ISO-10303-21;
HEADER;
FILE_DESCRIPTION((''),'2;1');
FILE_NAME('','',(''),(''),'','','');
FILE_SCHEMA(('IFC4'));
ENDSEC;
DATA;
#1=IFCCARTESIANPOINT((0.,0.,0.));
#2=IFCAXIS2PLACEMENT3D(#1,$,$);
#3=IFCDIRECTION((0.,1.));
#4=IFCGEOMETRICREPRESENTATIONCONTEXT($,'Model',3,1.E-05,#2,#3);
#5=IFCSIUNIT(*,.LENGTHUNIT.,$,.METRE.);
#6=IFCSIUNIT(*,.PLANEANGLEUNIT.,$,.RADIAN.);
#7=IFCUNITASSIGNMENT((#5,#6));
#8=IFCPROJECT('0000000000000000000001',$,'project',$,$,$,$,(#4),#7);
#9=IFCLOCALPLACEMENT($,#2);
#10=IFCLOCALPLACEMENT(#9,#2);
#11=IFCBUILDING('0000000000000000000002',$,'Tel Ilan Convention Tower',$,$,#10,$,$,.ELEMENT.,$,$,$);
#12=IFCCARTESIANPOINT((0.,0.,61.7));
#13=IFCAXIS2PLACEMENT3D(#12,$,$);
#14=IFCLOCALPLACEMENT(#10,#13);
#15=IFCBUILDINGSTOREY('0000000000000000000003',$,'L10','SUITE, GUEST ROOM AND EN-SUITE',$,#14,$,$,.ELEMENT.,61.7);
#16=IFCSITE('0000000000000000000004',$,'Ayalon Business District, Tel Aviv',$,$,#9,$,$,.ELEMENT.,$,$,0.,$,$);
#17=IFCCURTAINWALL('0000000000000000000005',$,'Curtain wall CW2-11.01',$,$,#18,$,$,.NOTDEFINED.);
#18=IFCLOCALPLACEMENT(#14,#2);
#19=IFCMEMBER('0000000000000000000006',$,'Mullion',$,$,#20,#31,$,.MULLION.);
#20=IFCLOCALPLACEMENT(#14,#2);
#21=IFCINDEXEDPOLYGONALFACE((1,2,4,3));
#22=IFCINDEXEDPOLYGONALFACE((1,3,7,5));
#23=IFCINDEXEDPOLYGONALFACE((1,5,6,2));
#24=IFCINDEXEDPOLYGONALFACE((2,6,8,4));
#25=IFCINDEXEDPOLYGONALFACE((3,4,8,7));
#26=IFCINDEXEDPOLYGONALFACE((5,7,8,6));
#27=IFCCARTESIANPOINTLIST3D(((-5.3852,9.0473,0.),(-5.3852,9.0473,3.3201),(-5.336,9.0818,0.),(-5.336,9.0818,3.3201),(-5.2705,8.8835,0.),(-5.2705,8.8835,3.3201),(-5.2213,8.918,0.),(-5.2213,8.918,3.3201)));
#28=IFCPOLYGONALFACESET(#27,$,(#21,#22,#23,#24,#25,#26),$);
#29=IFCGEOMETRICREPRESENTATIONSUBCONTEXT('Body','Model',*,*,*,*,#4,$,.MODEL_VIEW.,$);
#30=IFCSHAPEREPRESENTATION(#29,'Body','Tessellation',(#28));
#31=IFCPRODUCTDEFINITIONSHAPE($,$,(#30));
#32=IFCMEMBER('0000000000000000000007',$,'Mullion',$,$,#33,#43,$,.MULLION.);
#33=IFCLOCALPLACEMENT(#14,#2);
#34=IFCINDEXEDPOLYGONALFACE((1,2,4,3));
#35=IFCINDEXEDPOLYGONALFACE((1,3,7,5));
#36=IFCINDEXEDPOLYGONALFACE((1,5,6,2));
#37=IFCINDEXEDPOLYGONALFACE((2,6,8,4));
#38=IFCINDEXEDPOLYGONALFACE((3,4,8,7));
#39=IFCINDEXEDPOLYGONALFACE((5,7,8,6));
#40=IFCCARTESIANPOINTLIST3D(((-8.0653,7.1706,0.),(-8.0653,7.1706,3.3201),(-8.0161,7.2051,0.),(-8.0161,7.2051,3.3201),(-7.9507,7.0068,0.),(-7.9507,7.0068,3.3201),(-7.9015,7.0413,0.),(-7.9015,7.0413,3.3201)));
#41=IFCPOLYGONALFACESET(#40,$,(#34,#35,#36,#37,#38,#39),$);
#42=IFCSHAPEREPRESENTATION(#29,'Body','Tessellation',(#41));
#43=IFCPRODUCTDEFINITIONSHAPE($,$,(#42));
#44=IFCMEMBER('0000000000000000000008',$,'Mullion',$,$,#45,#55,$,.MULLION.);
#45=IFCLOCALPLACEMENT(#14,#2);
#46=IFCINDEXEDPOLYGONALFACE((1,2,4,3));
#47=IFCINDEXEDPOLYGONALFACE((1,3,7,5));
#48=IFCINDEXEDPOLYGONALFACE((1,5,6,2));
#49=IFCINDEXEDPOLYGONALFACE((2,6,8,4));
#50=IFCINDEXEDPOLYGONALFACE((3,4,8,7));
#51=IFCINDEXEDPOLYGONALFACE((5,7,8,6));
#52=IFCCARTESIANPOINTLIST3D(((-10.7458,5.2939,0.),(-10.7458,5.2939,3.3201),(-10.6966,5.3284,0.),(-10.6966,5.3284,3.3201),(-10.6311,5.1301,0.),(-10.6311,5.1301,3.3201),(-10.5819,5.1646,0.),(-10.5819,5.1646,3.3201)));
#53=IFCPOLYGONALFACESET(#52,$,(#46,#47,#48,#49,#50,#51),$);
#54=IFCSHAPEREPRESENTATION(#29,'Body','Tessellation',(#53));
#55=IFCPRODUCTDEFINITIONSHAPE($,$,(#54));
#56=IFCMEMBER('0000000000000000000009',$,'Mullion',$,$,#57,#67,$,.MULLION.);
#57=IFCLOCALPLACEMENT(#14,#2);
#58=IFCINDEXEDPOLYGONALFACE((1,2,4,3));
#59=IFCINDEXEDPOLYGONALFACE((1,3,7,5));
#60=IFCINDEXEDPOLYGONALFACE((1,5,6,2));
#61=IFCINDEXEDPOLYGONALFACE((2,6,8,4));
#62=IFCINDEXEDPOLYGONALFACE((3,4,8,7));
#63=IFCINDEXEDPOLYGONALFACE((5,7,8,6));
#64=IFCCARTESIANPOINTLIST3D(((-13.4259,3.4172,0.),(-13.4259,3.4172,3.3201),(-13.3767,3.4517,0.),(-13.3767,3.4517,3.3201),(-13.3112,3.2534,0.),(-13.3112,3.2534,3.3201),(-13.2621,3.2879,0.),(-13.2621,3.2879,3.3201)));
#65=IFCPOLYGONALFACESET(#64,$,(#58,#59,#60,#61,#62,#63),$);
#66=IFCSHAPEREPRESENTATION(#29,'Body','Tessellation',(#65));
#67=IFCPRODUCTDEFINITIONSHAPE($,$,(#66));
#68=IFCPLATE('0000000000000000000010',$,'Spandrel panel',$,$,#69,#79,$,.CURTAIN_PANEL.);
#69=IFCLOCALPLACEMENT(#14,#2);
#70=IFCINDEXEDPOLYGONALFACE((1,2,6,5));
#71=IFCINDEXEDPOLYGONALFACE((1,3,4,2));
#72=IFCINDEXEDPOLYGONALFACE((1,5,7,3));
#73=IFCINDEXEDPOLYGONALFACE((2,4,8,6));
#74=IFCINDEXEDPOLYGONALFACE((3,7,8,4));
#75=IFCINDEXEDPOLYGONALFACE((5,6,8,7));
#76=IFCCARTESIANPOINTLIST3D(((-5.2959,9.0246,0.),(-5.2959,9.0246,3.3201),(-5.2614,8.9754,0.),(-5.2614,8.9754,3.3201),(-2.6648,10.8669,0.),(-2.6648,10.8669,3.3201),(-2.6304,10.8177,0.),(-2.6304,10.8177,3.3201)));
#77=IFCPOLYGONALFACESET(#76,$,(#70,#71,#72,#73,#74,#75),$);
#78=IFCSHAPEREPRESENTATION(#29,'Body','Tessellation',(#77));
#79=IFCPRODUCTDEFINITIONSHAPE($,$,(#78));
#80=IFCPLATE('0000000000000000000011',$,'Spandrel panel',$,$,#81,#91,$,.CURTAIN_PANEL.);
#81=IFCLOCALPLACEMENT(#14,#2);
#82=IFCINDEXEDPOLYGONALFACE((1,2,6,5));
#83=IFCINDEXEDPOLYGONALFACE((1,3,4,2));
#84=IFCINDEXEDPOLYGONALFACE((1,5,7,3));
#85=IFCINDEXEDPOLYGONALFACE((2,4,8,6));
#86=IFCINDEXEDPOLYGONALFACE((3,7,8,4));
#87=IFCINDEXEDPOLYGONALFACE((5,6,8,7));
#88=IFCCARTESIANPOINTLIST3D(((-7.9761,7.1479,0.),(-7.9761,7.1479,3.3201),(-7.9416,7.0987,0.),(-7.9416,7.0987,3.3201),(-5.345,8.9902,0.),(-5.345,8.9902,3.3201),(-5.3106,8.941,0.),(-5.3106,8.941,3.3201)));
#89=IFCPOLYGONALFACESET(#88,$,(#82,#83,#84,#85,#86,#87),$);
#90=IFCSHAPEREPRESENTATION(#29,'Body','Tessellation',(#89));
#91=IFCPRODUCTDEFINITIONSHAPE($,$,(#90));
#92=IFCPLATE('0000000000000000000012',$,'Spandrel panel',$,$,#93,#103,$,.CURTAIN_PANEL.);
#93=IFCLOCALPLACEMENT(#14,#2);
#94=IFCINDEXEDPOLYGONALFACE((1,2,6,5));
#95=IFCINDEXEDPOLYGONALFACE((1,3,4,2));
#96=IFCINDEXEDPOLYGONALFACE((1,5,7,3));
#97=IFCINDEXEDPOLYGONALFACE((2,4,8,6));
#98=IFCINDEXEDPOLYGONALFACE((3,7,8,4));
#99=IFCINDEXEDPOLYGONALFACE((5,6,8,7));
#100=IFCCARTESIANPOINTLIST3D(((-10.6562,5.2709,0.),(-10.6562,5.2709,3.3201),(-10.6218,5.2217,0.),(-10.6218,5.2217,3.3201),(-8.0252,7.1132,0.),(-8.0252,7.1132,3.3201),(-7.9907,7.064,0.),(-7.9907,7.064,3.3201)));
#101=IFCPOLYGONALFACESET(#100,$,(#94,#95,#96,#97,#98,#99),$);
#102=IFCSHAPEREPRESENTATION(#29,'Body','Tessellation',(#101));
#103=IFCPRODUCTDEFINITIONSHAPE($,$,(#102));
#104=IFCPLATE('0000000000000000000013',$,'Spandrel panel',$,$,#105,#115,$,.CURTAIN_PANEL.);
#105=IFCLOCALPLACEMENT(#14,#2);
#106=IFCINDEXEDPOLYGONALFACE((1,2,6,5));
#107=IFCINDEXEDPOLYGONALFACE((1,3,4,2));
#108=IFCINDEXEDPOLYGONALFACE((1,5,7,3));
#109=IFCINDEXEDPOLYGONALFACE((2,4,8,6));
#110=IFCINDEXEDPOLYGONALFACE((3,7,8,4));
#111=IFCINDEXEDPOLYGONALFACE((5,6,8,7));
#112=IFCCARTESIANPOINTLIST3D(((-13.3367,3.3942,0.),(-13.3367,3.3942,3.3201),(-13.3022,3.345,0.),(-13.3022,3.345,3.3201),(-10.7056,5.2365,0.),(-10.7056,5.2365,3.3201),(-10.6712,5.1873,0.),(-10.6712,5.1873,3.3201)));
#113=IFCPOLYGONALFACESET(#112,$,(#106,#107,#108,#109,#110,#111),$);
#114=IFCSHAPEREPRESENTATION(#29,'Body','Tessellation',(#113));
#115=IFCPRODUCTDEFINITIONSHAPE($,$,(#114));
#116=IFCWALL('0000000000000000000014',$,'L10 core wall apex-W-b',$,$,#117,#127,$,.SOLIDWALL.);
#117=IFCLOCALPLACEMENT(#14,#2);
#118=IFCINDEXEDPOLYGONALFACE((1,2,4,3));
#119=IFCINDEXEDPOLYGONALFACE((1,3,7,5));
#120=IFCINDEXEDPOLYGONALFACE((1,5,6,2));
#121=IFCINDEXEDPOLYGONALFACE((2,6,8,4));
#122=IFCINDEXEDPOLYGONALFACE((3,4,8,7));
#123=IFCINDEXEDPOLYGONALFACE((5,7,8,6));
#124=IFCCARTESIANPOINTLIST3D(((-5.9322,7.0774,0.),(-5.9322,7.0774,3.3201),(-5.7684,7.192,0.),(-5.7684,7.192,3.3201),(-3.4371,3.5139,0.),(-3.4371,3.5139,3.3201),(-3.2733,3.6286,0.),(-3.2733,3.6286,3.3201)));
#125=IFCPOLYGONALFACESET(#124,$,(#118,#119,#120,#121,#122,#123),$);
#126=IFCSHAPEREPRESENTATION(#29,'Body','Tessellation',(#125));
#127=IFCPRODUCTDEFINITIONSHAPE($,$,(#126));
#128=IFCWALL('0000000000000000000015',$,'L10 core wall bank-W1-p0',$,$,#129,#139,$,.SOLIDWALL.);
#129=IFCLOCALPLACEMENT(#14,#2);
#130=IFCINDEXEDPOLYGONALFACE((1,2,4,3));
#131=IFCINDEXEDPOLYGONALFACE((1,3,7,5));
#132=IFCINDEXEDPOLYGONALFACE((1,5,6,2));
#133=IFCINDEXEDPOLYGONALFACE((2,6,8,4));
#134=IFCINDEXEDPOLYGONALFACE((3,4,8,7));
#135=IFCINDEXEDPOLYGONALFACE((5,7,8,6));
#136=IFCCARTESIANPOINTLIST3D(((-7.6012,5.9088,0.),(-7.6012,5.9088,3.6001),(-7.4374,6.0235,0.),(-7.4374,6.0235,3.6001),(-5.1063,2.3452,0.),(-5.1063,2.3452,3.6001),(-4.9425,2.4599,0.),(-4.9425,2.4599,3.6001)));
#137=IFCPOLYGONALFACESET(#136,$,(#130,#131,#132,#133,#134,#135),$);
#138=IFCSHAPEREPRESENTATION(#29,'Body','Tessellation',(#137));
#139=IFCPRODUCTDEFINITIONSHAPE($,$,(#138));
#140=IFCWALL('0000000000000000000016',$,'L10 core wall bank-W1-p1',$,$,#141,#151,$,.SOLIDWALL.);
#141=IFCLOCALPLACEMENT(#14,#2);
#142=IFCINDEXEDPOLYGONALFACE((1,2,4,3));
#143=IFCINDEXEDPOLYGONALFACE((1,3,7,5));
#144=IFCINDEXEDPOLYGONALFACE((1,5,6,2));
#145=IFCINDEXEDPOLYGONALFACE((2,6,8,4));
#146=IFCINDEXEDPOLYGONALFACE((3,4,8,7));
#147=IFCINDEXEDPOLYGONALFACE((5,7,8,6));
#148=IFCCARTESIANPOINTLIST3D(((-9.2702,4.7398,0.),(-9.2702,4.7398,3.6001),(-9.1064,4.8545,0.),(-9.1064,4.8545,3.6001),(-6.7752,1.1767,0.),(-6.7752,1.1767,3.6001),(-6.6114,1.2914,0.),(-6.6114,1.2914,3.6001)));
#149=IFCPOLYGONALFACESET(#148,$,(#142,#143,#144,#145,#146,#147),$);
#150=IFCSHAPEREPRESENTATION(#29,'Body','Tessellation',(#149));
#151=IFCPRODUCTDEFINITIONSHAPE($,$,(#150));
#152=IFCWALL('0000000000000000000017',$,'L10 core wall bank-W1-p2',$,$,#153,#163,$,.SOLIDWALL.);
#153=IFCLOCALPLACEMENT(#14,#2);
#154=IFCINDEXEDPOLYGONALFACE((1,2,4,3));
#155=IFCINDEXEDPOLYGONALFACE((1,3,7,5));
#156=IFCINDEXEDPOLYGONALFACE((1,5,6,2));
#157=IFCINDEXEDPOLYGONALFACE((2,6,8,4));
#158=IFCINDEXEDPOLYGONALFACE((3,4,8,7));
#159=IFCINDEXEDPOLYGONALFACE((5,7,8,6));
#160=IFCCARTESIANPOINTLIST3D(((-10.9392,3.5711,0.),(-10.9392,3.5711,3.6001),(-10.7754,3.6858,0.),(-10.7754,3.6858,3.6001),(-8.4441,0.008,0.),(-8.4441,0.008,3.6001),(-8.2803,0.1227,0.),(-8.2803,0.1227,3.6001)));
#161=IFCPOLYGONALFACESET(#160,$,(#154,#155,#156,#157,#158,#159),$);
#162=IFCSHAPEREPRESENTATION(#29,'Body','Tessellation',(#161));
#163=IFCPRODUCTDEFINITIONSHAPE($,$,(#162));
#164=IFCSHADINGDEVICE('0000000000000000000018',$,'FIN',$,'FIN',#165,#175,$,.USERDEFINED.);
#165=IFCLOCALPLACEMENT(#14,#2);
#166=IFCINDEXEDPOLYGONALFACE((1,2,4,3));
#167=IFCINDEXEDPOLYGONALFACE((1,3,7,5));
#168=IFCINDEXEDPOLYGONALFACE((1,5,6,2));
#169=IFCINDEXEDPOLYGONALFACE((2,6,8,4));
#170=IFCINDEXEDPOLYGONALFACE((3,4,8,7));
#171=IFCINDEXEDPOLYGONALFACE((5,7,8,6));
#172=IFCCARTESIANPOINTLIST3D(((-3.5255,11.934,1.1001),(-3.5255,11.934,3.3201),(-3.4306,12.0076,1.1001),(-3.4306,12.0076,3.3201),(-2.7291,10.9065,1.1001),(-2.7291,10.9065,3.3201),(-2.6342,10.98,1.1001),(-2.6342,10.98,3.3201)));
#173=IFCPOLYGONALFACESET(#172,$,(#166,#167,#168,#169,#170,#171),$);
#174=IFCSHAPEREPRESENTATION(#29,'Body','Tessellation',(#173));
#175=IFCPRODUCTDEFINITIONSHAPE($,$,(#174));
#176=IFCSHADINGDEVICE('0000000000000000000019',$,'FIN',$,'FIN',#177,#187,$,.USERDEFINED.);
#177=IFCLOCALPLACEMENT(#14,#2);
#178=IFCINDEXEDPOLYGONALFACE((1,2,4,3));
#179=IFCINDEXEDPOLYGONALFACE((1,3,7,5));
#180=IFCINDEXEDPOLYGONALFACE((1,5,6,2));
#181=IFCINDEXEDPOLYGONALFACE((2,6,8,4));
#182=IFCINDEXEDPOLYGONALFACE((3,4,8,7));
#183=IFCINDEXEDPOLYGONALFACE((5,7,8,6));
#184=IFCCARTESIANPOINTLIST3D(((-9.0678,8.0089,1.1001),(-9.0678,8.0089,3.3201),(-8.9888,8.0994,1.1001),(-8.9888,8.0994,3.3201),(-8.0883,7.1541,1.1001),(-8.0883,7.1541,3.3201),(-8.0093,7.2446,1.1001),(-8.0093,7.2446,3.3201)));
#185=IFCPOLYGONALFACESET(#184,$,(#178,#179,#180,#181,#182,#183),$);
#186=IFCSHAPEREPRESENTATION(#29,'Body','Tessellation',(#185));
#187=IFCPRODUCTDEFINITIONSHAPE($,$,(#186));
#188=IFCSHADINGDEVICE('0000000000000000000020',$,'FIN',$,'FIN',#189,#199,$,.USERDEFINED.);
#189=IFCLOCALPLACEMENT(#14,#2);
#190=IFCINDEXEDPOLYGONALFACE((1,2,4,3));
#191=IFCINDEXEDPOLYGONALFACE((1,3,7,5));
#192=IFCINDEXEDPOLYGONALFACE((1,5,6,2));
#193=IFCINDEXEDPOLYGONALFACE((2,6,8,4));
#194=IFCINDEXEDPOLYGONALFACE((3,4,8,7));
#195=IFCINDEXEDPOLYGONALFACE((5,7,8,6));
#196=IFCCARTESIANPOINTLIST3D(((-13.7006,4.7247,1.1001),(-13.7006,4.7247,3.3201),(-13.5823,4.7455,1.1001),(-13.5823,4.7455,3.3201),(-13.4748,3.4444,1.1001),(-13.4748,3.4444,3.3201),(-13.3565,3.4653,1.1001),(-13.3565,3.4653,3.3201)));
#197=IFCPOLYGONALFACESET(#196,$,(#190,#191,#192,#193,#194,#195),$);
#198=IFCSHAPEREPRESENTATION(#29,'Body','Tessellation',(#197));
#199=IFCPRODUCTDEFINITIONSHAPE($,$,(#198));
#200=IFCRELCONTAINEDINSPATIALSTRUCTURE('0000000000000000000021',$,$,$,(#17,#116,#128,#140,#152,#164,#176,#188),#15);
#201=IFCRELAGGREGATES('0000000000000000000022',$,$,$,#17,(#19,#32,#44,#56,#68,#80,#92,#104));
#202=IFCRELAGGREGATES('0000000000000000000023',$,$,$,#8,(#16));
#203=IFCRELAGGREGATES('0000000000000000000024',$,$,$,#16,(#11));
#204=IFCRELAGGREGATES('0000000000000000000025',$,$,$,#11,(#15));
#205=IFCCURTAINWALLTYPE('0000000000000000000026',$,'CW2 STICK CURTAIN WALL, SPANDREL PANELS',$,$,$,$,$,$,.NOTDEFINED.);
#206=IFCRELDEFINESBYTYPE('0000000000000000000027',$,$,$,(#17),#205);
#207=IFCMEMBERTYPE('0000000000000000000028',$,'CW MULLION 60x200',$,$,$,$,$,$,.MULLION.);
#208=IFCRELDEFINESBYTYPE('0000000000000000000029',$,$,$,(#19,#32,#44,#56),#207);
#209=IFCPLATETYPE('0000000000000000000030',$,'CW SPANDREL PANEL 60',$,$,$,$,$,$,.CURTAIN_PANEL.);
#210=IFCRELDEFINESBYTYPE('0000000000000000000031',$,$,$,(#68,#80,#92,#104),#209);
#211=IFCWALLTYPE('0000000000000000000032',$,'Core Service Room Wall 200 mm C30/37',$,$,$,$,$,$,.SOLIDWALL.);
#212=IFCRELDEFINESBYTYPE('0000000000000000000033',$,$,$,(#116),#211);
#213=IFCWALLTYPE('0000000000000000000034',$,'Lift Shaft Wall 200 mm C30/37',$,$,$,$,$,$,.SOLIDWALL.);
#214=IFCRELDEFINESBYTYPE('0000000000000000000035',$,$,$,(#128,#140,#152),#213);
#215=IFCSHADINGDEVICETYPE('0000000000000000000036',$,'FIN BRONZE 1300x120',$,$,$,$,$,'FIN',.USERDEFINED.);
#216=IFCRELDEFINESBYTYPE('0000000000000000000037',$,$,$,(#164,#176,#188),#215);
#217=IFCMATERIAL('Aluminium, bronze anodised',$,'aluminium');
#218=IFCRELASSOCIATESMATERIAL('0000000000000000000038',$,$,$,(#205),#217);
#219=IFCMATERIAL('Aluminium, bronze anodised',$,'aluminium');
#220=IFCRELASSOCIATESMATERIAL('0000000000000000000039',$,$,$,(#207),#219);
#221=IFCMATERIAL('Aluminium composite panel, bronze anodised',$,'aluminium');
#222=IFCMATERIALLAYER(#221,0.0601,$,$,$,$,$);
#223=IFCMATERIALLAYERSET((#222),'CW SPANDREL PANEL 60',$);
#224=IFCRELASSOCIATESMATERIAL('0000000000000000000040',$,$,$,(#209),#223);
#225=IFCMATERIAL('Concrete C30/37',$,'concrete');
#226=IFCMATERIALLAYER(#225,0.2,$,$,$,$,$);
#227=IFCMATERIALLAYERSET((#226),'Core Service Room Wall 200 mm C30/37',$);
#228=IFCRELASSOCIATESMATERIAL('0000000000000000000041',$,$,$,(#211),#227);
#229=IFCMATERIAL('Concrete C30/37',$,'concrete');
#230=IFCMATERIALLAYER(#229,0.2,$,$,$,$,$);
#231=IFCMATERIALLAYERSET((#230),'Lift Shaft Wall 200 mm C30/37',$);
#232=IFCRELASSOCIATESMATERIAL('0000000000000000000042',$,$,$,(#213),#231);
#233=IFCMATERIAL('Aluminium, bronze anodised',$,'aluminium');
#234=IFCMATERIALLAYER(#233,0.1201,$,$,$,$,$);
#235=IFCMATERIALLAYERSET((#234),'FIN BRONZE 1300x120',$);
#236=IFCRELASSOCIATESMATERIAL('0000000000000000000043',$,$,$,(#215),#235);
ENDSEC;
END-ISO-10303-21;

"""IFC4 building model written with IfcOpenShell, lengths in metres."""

from ifc_helpers import new_model, si_unit, direction, frame, frame_2d, origin, origin_2d, place, context, subcontext, project, spatial, rectangle, extrude, material, layer, layer_set, material_profile, profile_set, type_object, element, aggregate, save


model = new_model("IFC4")

# Units and contexts
model_context = context("Model", 3, precision=1e-05, world=origin(), true_north=direction((0.0, 1.0)))
body_context = subcontext(model_context, "Body", "Model", "MODEL_VIEW")
ifc_project = project(units=[si_unit("LENGTHUNIT", "METRE"), si_unit("PLANEANGLEUNIT", "RADIAN")], contexts=[model_context])

# Site, building, storey
site_placement = place(None, origin())
site = spatial("IfcSite", under=ifc_project, at=site_placement, Name="Ayalon Business District, Tel Aviv", CompositionType="ELEMENT", RefElevation=0.0)
building_placement = place(site_placement, origin())
building = spatial("IfcBuilding", under=site, at=building_placement, Name="Tel Ilan Convention Tower", CompositionType="ELEMENT")
storey_placement = place(building_placement, frame((0.0, 0.0, 61.7)))
storey = spatial("IfcBuildingStorey", under=building, at=storey_placement, Name="L10", Description="SUITE, GUEST ROOM AND EN-SUITE", CompositionType="ELEMENT", Elevation=61.7)

# Curtain wall, members, plates
ifc_material_1 = material(Name="Aluminium, bronze anodised", Category="aluminium")
curtain_wall_type = type_object("IfcCurtainWallType", Name="CW2 STICK CURTAIN WALL, SPANDREL PANELS", PredefinedType="NOTDEFINED", material=ifc_material_1)
curtain_wall_placement = place(storey_placement, origin())
curtain_wall = element("IfcCurtainWall", 1, at=curtain_wall_placement, inside=storey, type_object=curtain_wall_type, Name="Curtain wall CW2-11.01", PredefinedType="NOTDEFINED")
ifc_material_2 = material(Name="Aluminium, bronze anodised", Category="aluminium")
ifc_material_profile = material_profile(ifc_material_2, rectangle(XDim=0.0601, YDim=0.2, at=origin_2d()), Name="CW MULLION 60x200")
ifc_profile_set = profile_set([ifc_material_profile], Name="Aluminium, bronze anodised")
member_type = type_object("IfcMemberType", Name="CW MULLION 60x200", PredefinedType="MULLION", material=ifc_profile_set)
member_1_placement = place(storey_placement, frame((-5.3032, 8.9827, 0.0), z_axis=(0.0, 0.0, 1.0), x_axis=(-0.819152, -0.573576, 0.0)))
member_1 = element("IfcMember", 2, at=member_1_placement, type_object=member_type, Name="Mullion", PredefinedType="MULLION", context=body_context, shape_type="SweptSolid", body=[
    extrude(rectangle(XDim=0.0601, YDim=0.2, at=origin_2d()), origin(), (0.0, 0.0, 1.0), 3.3201),
])
member_2_placement = place(storey_placement, frame((-7.9834, 7.106, 0.0), z_axis=(0.0, 0.0, 1.0), x_axis=(-0.819152, -0.573576, 0.0)))
member_2 = element("IfcMember", 3, at=member_2_placement, type_object=member_type, Name="Mullion", PredefinedType="MULLION", context=body_context, shape_type="SweptSolid", body=[
    extrude(rectangle(XDim=0.0601, YDim=0.2, at=origin_2d()), origin(), (0.0, 0.0, 1.0), 3.3201),
])
member_3_placement = place(storey_placement, frame((-10.6638, 5.2292, 0.0), z_axis=(0.0, 0.0, 1.0), x_axis=(-0.819152, -0.573576, 0.0)))
member_3 = element("IfcMember", 4, at=member_3_placement, type_object=member_type, Name="Mullion", PredefinedType="MULLION", context=body_context, shape_type="SweptSolid", body=[
    extrude(rectangle(XDim=0.0601, YDim=0.2, at=origin_2d()), origin(), (0.0, 0.0, 1.0), 3.3201),
])
member_4_placement = place(storey_placement, frame((-13.344, 3.3525, 0.0), z_axis=(0.0, 0.0, 1.0), x_axis=(-0.819152, -0.573576, 0.0)))
member_4 = element("IfcMember", 5, at=member_4_placement, type_object=member_type, Name="Mullion", PredefinedType="MULLION", context=body_context, shape_type="SweptSolid", body=[
    extrude(rectangle(XDim=0.0601, YDim=0.2, at=origin_2d()), origin(), (0.0, 0.0, 1.0), 3.3201),
])
ifc_material_3 = material(Name="Aluminium composite panel, bronze anodised", Category="aluminium")
ifc_layer_1 = layer(ifc_material_3, 0.0601)
ifc_layer_set_1 = layer_set([ifc_layer_1], Name="CW SPANDREL PANEL 60")
plate_type = type_object("IfcPlateType", Name="CW SPANDREL PANEL 60", PredefinedType="CURTAIN_PANEL", material=ifc_layer_set_1)
plate_1_placement = place(storey_placement, frame((-3.9631, 9.9211, 0.0), z_axis=(0.0, 0.0, 1.0), x_axis=(-0.819152, -0.573576, 0.0)))
plate_1 = element("IfcPlate", 6, at=plate_1_placement, type_object=plate_type, Name="Spandrel panel", PredefinedType="CURTAIN_PANEL", context=body_context, shape_type="SweptSolid", body=[
    extrude(rectangle(XDim=3.2119, YDim=0.0601, at=origin_2d()), origin(), (0.0, 0.0, 1.0), 3.3201),
])
plate_2_placement = place(storey_placement, frame((-6.6433, 8.0444, 0.0), z_axis=(0.0, 0.0, 1.0), x_axis=(-0.819152, -0.573576, 0.0)))
plate_2 = element("IfcPlate", 7, at=plate_2_placement, type_object=plate_type, Name="Spandrel panel", PredefinedType="CURTAIN_PANEL", context=body_context, shape_type="SweptSolid", body=[
    extrude(rectangle(XDim=3.2119, YDim=0.0601, at=origin_2d()), origin(), (0.0, 0.0, 1.0), 3.3201),
])
plate_3_placement = place(storey_placement, frame((-9.3235, 6.1675, 0.0), z_axis=(0.0, 0.0, 1.0), x_axis=(-0.819152, -0.573576, 0.0)))
plate_3 = element("IfcPlate", 8, at=plate_3_placement, type_object=plate_type, Name="Spandrel panel", PredefinedType="CURTAIN_PANEL", context=body_context, shape_type="SweptSolid", body=[
    extrude(rectangle(XDim=3.2119, YDim=0.0601, at=origin_2d()), origin(), (0.0, 0.0, 1.0), 3.3201),
])
plate_4_placement = place(storey_placement, frame((-12.0039, 4.2908, 0.0), z_axis=(0.0, 0.0, 1.0), x_axis=(-0.819152, -0.573576, 0.0)))
plate_4 = element("IfcPlate", 9, at=plate_4_placement, type_object=plate_type, Name="Spandrel panel", PredefinedType="CURTAIN_PANEL", context=body_context, shape_type="SweptSolid", body=[
    extrude(rectangle(XDim=3.2119, YDim=0.0601, at=origin_2d()), origin(), (0.0, 0.0, 1.0), 3.3201),
])
aggregate(curtain_wall, [member_1, member_2, member_3, member_4, plate_1, plate_2, plate_3, plate_4])

# Walls
ifc_material_4 = material(Name="Concrete C30/37", Category="concrete")
ifc_layer_2 = layer(ifc_material_4, 0.2)
ifc_layer_set_2 = layer_set([ifc_layer_2], Name="Core Service Room Wall 200 mm C30/37")
wall_type_1 = type_object("IfcWallType", Name="Core Service Room Wall 200 mm C30/37", PredefinedType="SOLIDWALL", material=ifc_layer_set_2)
wall_1_placement = place(storey_placement, frame((-3.3552, 3.5713, 0.0), z_axis=(0.0, 0.0, 1.0), x_axis=(-0.573568, 0.819158, 0.0)))
element("IfcWall", 10, at=wall_1_placement, inside=storey, type_object=wall_type_1, Name="L10 core wall apex-W-b", PredefinedType="SOLIDWALL", context=body_context, shape_type="SweptSolid", body=[
    extrude(rectangle(XDim=4.3501, YDim=0.2, at=frame_2d((2.175, 0.0))), origin(), (0.0, 0.0, 1.0), 3.3201),
])
ifc_material_5 = material(Name="Concrete C30/37", Category="concrete")
ifc_layer_3 = layer(ifc_material_5, 0.2)
ifc_layer_set_3 = layer_set([ifc_layer_3], Name="Lift Shaft Wall 200 mm C30/37")
wall_type_2 = type_object("IfcWallType", Name="Lift Shaft Wall 200 mm C30/37", PredefinedType="SOLIDWALL", material=ifc_layer_set_3)
wall_2_placement = place(storey_placement, frame((-5.0244, 2.4026, 0.0), z_axis=(0.0, 0.0, 1.0), x_axis=(-0.57353, 0.819184, 0.0)))
element("IfcWall", 11, at=wall_2_placement, inside=storey, type_object=wall_type_2, Name="L10 core wall bank-W1-p0", PredefinedType="SOLIDWALL", context=body_context, shape_type="SweptSolid", body=[
    extrude(rectangle(XDim=4.3501, YDim=0.2, at=frame_2d((2.175, 0.0))), origin(), (0.0, 0.0, 1.0), 3.6001),
])
for number, where, z_axis, x_axis, name in (
    (12, (-6.6934, 1.2341, 0.0), (0.0, 0.0, 1.0), (-0.573594, 0.81914, 0.0), "L10 core wall bank-W1-p1"),
    (13, (-8.3623, 0.0654, 0.0), (0.0, 0.0, 1.0), (-0.573594, 0.81914, 0.0), "L10 core wall bank-W1-p2"),
):
    element("IfcWall", number, at=place(storey_placement, frame(where, z_axis=z_axis, x_axis=x_axis)), inside=storey, type_object=wall_type_2, Name=name, PredefinedType="SOLIDWALL", context=body_context, shape_type="SweptSolid", body=[
        extrude(rectangle(XDim=4.3499, YDim=0.2, at=frame_2d((2.1748, 0.0))), origin(), (0.0, 0.0, 1.0), 3.6001),
    ])

# Shading devices
ifc_material_6 = material(Name="Aluminium, bronze anodised", Category="aluminium")
ifc_layer_4 = layer(ifc_material_6, 0.1201)
ifc_layer_set_4 = layer_set([ifc_layer_4], Name="FIN BRONZE 1300x120")
shading_device_type = type_object("IfcShadingDeviceType", Name="FIN BRONZE 1300x120", ElementType="FIN", PredefinedType="USERDEFINED", material=ifc_layer_set_4)
for number, where, z_axis, x_axis, name in (
    (14, (-3.0798, 11.457, 1.1001), (0.0, 0.0, 1.0), (-0.612601, 0.790393, 0.0), "FIN"),
    (15, (-8.5386, 7.6267, 1.1001), (0.0, 0.0, 1.0), (-0.753436, 0.657521, 0.0), "FIN"),
    (16, (-13.5286, 4.095, 1.1001), (0.0, 0.0, 1.0), (-0.173648, 0.984808, 0.0), "FIN"),
):
    element("IfcShadingDevice", number, at=place(storey_placement, frame(where, z_axis=z_axis, x_axis=x_axis)), inside=storey, type_object=shading_device_type, Name=name, ObjectType="FIN", PredefinedType="USERDEFINED", context=body_context, shape_type="SweptSolid", body=[
        extrude(rectangle(XDim=1.3, YDim=0.1201, at=origin_2d()), origin(), (0.0, 0.0, 1.0), 2.22),
    ])

save(model, "model.ifc")
